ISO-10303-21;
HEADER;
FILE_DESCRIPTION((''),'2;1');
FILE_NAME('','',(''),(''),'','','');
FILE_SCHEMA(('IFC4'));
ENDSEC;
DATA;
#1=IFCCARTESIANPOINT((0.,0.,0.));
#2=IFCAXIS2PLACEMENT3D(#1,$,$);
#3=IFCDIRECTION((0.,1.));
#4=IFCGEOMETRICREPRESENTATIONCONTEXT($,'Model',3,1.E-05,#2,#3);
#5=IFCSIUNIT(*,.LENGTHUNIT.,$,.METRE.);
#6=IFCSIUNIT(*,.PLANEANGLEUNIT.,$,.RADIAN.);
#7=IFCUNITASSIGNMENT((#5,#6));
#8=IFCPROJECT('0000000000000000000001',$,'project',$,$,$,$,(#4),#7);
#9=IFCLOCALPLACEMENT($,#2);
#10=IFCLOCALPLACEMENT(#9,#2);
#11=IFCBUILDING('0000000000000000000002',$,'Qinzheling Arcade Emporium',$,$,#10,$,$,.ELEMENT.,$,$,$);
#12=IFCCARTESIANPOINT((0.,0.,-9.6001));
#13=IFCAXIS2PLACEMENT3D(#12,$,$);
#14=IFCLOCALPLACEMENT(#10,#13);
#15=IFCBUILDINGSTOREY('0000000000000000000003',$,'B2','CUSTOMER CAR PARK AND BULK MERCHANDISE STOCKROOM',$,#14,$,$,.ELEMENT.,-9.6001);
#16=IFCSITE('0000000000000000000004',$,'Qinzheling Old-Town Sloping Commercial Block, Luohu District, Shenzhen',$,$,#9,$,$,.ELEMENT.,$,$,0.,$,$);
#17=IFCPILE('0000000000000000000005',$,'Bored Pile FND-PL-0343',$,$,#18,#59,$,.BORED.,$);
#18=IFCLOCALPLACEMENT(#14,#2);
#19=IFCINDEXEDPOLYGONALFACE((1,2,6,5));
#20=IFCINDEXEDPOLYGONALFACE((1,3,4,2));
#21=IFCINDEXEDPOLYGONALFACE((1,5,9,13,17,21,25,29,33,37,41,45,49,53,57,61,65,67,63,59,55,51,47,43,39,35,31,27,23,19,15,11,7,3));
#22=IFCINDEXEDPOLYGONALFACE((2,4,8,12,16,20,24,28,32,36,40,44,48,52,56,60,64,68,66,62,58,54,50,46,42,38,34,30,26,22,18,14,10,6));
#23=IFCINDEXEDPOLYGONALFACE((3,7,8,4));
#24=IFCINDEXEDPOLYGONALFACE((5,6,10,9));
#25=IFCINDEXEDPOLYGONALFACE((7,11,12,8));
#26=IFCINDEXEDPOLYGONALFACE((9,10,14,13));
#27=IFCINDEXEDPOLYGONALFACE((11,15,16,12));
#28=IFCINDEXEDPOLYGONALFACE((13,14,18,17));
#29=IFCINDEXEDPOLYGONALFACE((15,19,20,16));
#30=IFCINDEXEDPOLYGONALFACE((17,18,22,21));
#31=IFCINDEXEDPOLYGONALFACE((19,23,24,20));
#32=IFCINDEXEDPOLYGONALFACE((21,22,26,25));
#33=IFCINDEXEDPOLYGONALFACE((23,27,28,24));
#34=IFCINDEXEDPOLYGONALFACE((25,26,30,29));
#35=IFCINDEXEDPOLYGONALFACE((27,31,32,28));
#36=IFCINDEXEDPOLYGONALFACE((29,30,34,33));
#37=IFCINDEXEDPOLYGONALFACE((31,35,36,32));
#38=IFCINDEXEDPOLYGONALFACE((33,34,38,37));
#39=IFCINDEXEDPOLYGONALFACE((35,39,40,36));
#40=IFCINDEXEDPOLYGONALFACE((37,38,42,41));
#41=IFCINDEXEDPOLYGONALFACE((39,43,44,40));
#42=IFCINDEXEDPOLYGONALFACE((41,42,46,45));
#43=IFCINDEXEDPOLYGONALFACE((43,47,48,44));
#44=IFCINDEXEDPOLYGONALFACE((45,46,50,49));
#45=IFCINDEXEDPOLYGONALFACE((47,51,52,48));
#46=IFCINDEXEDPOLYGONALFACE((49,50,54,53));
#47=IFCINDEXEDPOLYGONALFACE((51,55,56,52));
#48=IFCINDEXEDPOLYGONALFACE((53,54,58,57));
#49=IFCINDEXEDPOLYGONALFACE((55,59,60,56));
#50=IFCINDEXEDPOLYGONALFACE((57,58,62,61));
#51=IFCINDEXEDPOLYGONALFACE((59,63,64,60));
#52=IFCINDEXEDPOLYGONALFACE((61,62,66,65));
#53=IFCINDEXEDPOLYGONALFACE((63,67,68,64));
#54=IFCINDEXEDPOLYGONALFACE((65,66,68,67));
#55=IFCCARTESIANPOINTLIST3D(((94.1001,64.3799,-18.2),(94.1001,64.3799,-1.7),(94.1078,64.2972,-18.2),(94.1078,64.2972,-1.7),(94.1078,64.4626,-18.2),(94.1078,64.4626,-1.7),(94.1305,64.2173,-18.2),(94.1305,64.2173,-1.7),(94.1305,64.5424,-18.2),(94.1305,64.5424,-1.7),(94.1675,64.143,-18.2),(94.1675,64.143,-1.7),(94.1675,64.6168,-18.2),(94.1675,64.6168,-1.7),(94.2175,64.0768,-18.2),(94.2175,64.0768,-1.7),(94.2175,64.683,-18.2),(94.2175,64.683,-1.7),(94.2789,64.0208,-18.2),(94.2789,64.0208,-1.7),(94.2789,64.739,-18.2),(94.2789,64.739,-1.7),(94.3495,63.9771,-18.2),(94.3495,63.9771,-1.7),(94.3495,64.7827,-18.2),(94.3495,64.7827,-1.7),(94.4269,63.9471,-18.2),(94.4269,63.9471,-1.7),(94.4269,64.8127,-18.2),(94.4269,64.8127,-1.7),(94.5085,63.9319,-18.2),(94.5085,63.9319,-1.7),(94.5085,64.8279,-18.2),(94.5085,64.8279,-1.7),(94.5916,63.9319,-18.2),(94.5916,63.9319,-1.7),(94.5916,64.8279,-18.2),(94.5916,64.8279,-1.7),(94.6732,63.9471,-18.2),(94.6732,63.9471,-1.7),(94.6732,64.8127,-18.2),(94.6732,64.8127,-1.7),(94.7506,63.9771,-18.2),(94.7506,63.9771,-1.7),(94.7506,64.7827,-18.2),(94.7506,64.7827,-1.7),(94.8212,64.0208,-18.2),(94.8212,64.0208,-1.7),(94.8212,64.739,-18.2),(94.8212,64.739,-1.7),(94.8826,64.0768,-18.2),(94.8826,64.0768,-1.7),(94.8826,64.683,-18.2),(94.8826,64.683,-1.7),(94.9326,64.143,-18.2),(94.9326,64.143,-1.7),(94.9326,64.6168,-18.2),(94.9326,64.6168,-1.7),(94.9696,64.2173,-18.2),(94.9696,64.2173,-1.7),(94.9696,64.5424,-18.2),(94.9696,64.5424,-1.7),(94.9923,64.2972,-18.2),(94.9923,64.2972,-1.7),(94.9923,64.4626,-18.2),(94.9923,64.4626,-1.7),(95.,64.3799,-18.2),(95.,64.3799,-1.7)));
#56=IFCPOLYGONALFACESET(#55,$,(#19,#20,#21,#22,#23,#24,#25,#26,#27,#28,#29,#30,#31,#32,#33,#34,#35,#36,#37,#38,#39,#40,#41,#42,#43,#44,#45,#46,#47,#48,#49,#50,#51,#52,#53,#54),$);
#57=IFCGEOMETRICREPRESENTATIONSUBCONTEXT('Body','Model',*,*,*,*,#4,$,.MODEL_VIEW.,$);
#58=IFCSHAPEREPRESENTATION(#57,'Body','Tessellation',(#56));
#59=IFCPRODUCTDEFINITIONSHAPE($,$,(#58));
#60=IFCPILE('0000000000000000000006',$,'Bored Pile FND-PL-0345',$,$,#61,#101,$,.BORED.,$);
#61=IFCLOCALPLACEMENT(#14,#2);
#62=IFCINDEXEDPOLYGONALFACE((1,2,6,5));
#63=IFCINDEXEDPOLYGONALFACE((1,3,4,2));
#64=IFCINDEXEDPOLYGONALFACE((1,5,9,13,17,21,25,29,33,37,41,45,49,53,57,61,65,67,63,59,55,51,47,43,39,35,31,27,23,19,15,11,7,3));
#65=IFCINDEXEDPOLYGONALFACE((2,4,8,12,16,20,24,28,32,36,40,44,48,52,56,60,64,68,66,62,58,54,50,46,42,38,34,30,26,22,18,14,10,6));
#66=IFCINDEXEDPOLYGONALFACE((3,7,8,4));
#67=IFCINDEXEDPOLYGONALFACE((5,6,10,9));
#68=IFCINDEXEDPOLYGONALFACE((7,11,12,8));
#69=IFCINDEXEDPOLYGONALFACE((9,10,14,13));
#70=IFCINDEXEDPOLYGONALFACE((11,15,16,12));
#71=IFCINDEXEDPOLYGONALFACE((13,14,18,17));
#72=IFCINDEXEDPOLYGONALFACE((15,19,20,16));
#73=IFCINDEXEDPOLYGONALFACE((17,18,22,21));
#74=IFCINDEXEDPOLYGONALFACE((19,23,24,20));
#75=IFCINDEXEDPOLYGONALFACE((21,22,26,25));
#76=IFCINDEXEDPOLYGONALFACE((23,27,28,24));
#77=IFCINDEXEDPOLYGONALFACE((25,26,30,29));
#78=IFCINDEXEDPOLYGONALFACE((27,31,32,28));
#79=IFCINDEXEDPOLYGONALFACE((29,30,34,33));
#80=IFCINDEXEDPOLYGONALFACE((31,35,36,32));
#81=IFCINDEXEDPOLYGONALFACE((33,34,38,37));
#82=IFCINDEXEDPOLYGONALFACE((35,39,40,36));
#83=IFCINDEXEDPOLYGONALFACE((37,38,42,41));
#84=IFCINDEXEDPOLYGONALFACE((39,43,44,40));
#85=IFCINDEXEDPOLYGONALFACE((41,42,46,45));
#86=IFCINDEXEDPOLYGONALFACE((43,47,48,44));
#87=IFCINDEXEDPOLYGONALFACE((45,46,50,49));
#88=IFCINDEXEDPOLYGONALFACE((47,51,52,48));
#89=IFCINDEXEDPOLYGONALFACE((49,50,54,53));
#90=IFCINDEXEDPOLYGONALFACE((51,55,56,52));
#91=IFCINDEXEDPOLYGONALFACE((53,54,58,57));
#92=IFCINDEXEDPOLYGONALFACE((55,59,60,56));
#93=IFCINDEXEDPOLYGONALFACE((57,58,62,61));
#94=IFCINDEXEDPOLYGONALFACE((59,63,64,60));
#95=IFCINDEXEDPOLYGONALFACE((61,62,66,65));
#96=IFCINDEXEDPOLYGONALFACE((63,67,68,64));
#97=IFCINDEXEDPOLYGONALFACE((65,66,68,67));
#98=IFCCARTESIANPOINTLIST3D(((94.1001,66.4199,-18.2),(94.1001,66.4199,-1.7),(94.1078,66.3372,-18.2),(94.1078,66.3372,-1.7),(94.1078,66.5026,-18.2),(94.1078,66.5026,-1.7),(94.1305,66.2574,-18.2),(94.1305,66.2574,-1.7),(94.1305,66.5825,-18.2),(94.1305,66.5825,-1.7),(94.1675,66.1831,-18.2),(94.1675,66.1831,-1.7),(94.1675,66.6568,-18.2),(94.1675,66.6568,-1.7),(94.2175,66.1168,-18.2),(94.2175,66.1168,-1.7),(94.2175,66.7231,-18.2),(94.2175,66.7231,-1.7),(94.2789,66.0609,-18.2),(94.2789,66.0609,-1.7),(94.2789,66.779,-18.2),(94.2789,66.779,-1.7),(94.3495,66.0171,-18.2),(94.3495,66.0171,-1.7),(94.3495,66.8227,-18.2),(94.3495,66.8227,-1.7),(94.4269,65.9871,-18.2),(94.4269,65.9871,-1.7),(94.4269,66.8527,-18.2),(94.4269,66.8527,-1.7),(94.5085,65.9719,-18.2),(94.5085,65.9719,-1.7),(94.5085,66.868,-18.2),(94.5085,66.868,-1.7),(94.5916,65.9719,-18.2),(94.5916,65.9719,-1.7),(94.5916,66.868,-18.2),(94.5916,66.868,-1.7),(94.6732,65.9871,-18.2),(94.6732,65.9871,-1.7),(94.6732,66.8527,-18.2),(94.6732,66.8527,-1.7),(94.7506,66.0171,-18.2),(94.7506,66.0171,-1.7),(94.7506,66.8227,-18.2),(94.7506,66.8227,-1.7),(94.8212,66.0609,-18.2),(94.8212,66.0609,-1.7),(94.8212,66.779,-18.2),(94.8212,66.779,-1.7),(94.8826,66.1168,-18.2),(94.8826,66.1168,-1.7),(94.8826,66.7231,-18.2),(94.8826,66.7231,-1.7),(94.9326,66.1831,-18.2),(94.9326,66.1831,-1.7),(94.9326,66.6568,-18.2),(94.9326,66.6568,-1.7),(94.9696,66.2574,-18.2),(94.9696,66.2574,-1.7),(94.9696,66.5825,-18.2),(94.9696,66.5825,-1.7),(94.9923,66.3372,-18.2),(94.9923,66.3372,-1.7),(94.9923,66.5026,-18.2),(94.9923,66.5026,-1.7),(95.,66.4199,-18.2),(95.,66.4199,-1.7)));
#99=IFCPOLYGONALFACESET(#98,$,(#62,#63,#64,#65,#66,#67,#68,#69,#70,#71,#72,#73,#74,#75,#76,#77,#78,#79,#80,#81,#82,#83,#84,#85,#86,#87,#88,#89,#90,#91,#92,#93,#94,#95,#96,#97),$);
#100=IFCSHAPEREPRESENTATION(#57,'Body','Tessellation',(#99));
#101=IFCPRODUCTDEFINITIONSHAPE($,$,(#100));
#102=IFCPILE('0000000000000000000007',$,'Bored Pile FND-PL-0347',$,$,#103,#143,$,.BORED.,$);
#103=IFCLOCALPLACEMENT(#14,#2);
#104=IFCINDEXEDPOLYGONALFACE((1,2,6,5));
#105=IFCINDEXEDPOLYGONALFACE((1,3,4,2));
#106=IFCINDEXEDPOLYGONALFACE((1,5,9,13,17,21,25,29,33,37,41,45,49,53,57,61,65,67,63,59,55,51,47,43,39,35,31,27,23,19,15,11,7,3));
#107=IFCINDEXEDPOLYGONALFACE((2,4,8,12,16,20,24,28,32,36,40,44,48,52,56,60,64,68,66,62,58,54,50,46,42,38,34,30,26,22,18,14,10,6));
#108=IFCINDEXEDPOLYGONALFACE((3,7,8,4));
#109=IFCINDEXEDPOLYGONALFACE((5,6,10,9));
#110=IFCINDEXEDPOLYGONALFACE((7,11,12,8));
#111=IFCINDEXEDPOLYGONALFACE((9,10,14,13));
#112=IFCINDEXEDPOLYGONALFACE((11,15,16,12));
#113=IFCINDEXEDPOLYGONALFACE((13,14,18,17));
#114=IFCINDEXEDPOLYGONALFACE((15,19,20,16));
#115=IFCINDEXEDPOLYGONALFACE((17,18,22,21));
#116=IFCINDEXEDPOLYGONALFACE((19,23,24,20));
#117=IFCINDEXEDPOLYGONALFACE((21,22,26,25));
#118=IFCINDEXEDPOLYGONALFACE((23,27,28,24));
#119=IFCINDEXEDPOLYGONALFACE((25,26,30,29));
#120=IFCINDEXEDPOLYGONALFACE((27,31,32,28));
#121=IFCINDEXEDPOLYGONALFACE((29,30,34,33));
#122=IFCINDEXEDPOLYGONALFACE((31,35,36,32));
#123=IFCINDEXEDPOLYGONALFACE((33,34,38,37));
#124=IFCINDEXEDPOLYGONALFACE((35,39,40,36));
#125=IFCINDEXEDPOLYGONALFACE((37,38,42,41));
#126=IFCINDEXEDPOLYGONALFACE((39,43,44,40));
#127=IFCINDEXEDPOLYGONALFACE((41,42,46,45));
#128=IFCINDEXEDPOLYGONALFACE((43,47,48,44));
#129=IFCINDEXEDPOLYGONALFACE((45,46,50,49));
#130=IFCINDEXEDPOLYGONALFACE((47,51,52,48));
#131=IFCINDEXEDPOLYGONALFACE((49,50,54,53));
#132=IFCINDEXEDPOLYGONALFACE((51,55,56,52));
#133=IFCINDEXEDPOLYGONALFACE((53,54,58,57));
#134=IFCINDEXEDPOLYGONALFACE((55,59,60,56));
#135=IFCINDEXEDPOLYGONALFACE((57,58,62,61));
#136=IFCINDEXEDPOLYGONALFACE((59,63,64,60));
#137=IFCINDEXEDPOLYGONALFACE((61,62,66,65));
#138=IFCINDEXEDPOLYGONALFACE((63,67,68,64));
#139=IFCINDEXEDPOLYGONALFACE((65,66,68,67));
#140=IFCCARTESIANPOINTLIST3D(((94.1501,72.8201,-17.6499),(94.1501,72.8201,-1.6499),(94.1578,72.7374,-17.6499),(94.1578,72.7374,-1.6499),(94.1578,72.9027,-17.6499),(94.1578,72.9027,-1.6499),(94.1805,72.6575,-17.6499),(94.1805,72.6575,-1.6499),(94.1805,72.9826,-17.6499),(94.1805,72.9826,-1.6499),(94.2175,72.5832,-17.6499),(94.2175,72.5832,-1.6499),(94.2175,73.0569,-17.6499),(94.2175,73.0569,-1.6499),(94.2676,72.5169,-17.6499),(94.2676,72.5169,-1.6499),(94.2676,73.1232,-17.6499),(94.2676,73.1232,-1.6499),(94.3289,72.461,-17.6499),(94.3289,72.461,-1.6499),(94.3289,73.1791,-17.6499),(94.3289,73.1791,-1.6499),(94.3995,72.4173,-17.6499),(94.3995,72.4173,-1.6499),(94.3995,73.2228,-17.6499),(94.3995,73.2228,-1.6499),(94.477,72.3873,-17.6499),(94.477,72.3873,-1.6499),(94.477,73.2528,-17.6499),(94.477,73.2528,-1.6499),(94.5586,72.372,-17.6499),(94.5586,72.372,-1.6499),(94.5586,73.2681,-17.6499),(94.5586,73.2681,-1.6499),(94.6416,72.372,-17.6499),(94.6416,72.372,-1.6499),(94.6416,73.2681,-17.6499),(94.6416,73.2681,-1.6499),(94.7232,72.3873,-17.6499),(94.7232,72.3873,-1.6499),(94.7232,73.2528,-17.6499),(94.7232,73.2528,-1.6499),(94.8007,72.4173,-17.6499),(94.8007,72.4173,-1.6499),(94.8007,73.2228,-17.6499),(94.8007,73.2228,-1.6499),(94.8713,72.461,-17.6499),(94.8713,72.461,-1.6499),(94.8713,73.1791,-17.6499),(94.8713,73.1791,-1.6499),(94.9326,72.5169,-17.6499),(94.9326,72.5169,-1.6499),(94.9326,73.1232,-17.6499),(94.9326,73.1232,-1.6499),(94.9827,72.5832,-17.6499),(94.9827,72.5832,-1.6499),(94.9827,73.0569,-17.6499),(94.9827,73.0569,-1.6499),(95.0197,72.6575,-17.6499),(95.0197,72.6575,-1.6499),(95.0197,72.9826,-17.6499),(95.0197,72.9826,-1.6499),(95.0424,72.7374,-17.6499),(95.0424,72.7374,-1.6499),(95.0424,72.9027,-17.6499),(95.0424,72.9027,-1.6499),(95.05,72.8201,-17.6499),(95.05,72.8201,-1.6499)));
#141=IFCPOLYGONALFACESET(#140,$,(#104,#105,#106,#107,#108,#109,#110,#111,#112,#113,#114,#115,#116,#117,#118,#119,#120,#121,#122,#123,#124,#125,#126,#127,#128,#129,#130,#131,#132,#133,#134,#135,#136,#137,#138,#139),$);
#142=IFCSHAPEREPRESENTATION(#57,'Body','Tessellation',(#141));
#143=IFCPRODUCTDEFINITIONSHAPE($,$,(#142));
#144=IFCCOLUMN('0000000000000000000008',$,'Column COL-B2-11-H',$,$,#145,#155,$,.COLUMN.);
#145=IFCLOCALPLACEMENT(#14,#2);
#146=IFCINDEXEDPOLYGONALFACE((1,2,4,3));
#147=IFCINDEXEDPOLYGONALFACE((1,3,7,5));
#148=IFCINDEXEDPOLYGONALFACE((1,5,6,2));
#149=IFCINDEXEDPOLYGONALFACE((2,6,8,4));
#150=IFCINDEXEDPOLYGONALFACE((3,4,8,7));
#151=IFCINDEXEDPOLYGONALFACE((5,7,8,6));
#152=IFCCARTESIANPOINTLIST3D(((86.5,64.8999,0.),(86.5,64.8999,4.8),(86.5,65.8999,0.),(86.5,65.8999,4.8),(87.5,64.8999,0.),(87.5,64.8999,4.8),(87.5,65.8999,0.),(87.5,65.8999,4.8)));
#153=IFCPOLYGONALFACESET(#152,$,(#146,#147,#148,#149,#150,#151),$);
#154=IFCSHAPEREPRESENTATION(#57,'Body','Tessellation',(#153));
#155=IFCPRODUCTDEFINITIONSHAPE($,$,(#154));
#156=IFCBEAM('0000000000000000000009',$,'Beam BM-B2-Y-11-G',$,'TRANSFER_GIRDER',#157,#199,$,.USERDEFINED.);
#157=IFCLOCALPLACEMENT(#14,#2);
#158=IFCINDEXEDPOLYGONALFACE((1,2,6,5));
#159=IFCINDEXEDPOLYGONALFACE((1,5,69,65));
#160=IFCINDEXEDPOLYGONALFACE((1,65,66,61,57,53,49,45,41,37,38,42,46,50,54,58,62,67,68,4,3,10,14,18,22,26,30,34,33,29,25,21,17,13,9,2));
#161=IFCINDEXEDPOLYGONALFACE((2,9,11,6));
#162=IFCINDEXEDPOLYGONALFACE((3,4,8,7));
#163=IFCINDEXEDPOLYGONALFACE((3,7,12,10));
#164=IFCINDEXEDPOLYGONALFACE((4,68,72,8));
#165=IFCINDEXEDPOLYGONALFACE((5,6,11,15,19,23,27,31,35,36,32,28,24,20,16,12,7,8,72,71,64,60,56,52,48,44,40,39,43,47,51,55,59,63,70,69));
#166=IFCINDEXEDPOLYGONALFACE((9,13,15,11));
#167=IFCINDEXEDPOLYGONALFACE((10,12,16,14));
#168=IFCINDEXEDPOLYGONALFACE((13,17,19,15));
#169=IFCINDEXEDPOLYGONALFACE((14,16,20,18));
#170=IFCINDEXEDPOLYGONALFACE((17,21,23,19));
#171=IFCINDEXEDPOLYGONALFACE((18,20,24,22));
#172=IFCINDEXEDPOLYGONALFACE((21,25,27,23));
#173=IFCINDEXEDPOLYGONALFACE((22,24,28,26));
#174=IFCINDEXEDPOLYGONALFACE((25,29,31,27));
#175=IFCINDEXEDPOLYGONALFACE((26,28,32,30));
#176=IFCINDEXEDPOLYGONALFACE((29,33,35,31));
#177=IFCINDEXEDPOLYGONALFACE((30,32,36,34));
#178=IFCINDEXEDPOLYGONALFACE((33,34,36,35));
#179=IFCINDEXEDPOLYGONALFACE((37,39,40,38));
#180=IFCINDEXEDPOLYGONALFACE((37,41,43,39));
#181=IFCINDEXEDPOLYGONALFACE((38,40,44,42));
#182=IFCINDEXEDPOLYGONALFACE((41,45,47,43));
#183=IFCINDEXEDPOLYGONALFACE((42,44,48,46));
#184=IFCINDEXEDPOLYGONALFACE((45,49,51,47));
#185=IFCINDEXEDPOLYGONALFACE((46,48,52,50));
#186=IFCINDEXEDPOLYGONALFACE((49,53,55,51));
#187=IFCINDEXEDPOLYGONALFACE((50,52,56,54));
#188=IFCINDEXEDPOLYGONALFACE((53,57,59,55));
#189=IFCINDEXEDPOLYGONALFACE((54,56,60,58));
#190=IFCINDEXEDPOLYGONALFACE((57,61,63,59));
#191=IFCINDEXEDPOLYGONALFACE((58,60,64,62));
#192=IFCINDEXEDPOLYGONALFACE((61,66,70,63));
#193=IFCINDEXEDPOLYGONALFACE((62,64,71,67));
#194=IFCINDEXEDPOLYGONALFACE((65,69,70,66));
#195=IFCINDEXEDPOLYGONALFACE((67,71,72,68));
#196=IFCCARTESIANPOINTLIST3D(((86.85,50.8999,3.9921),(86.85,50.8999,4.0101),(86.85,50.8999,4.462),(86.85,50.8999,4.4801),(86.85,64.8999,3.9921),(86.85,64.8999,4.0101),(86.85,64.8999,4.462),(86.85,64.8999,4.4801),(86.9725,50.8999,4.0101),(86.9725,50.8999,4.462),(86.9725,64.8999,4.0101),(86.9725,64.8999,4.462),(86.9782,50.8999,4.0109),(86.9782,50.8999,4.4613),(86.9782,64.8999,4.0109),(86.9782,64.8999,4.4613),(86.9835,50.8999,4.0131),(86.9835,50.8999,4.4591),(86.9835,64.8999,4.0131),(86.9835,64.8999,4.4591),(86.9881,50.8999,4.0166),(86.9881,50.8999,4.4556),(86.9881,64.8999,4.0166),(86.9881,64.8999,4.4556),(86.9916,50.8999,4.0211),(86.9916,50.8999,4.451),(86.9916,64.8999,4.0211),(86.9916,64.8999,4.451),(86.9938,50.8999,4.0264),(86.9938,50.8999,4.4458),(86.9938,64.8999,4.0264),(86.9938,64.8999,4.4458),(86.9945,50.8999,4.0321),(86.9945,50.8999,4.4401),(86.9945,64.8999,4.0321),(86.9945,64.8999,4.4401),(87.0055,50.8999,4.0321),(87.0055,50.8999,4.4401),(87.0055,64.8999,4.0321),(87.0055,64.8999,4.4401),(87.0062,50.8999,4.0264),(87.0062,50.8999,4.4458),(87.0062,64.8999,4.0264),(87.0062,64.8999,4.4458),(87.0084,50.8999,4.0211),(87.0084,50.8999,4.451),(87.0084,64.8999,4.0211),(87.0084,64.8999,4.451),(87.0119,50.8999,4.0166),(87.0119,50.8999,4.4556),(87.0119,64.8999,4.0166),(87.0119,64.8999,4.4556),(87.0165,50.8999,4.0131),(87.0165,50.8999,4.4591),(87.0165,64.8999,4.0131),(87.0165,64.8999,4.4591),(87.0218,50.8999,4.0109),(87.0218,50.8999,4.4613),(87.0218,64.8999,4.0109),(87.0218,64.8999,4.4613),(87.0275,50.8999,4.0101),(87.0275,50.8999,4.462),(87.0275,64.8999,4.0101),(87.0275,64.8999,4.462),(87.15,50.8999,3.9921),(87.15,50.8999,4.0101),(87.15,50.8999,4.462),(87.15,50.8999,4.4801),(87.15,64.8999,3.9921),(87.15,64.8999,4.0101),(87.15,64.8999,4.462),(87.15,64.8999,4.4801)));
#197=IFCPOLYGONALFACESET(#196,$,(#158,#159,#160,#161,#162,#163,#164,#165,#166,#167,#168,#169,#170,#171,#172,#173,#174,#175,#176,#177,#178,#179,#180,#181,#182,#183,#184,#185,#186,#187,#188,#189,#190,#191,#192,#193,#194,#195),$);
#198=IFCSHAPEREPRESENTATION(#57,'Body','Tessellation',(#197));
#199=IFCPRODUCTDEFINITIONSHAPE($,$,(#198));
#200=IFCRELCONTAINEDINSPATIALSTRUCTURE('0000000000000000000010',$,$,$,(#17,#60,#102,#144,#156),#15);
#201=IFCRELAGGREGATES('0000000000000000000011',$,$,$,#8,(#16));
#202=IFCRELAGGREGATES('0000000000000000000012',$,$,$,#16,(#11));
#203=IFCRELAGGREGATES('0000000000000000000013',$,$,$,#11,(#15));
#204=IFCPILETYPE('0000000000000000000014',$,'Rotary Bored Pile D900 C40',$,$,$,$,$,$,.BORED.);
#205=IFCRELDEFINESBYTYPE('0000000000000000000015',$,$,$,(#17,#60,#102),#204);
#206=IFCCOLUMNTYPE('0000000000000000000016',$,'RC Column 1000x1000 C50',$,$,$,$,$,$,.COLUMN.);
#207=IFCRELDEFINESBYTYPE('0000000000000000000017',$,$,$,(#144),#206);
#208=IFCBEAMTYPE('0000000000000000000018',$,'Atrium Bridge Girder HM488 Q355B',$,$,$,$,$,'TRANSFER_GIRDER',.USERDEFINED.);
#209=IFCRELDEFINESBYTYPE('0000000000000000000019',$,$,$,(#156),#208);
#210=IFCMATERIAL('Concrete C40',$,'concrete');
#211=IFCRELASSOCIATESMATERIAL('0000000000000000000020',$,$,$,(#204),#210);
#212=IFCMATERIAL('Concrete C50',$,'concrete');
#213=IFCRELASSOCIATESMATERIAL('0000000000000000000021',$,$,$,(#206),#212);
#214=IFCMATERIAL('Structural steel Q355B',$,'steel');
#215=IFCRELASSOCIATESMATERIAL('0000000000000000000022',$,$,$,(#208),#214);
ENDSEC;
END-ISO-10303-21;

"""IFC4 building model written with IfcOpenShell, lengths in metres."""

from ifc_helpers import new_model, si_unit, direction, frame, origin, origin_2d, place, context, subcontext, project, spatial, rectangle, circle, i_section, extrude, material, material_profile, profile_set, type_object, element, save


model = new_model("IFC4")

# Units and contexts
model_context = context("Model", 3, precision=1e-05, world=origin(), true_north=direction((0.0, 1.0)))
body_context = subcontext(model_context, "Body", "Model", "MODEL_VIEW")
ifc_project = project(units=[si_unit("LENGTHUNIT", "METRE"), si_unit("PLANEANGLEUNIT", "RADIAN")], contexts=[model_context])

# Site, building, storey
site_placement = place(None, origin())
site = spatial("IfcSite", under=ifc_project, at=site_placement, Name="Qinzheling Old-Town Sloping Commercial Block, Luohu District, Shenzhen", CompositionType="ELEMENT", RefElevation=0.0)
building_placement = place(site_placement, origin())
building = spatial("IfcBuilding", under=site, at=building_placement, Name="Qinzheling Arcade Emporium", CompositionType="ELEMENT")
storey_placement = place(building_placement, frame((0.0, 0.0, -9.6001)))
storey = spatial("IfcBuildingStorey", under=building, at=storey_placement, Name="B2", Description="CUSTOMER CAR PARK AND BULK MERCHANDISE STOCKROOM", CompositionType="ELEMENT", Elevation=-9.6001)

# Shared definitions
ifc_material_1 = material(Name="Concrete C40", Category="concrete")

# Piles
ifc_material_profile_1 = material_profile(ifc_material_1, circle(Radius=0.45, at=origin_2d()), Name="BORED D900", Category="concrete")
ifc_profile_set_1 = profile_set([ifc_material_profile_1], Name="Concrete C40")
pile_type = type_object("IfcPileType", Name="Rotary Bored Pile D900 C40", PredefinedType="BORED", material=ifc_profile_set_1)
for number, where, z_axis, x_axis, name in (
    (1, (94.55, 64.3799, -1.7), (0.0, 0.0, -1.0), (1.0, 0.0, 0.0), "Bored Pile FND-PL-0343"),
    (2, (94.55, 66.4199, -1.7), (0.0, 0.0, -1.0), (1.0, 0.0, 0.0), "Bored Pile FND-PL-0345"),
):
    element("IfcPile", number, at=place(storey_placement, frame(where, z_axis=z_axis, x_axis=x_axis)), inside=storey, type_object=pile_type, Name=name, PredefinedType="BORED", context=body_context, shape_type="SweptSolid", body=[
        extrude(circle(Radius=0.45, at=origin_2d()), origin(), (0.0, 0.0, 1.0), 16.5),
    ])
pile_placement = place(storey_placement, frame((94.6001, 72.8201, -1.6499), z_axis=(0.0, 0.0, -1.0), x_axis=(1.0, 0.0, 0.0)))
element("IfcPile", 3, at=pile_placement, inside=storey, type_object=pile_type, Name="Bored Pile FND-PL-0347", PredefinedType="BORED", context=body_context, shape_type="SweptSolid", body=[
    extrude(circle(Radius=0.45, at=origin_2d()), origin(), (0.0, 0.0, 1.0), 16.0),
])

# Column
ifc_material_2 = material(Name="Concrete C50", Category="concrete")
ifc_material_profile_2 = material_profile(ifc_material_2, rectangle(XDim=1.0, YDim=1.0, at=origin_2d()), Name="RC 1000x1000", Category="concrete")
ifc_profile_set_2 = profile_set([ifc_material_profile_2], Name="Concrete C50")
column_type = type_object("IfcColumnType", Name="RC Column 1000x1000 C50", PredefinedType="COLUMN", material=ifc_profile_set_2)
column_placement = place(storey_placement, frame((87.0, 65.3999, 0.0), z_axis=(0.0, 0.0, 1.0), x_axis=(1.0, 0.0, 0.0)))
element("IfcColumn", 4, at=column_placement, inside=storey, type_object=column_type, Name="Column COL-B2-11-H", PredefinedType="COLUMN", context=body_context, shape_type="SweptSolid", body=[
    extrude(rectangle(XDim=1.0, YDim=1.0, at=origin_2d()), origin(), (0.0, 0.0, 1.0), 4.8),
])

# Beam
ifc_material_3 = material(Name="Structural steel Q355B", Category="steel")
ifc_material_profile_3 = material_profile(ifc_material_3, i_section(OverallWidth=0.3, OverallDepth=0.488, WebThickness=0.011, FlangeThickness=0.0181, FilletRadius=0.022, at=origin_2d()), Name="HM 488x300x11x18", Category="steel")
ifc_profile_set_3 = profile_set([ifc_material_profile_3], Name="Structural steel Q355B")
beam_type_1 = type_object("IfcBeamType", Name="Atrium Bridge Girder HM488 Q355B", ElementType="TRANSFER_GIRDER", PredefinedType="USERDEFINED", material=ifc_profile_set_3)
for number, where, z_axis, x_axis, name in (
    (5, (87.0, 50.8999, 4.2361), (0.0, 1.0, 0.0), (-1.0, 0.0, 0.0), "Beam BM-B2-Y-11-G"),
):
    element("IfcBeam", number, at=place(storey_placement, frame(where, z_axis=z_axis, x_axis=x_axis)), inside=storey, type_object=beam_type_1, Name=name, ObjectType="TRANSFER_GIRDER", PredefinedType="USERDEFINED", context=body_context, shape_type="SweptSolid", body=[
        extrude(i_section(OverallWidth=0.3, OverallDepth=0.488, WebThickness=0.011, FlangeThickness=0.0181, FilletRadius=0.022, at=origin_2d()), origin(), (0.0, 0.0, 1.0), 14.0),
    ])

save(model, "model.ifc")
